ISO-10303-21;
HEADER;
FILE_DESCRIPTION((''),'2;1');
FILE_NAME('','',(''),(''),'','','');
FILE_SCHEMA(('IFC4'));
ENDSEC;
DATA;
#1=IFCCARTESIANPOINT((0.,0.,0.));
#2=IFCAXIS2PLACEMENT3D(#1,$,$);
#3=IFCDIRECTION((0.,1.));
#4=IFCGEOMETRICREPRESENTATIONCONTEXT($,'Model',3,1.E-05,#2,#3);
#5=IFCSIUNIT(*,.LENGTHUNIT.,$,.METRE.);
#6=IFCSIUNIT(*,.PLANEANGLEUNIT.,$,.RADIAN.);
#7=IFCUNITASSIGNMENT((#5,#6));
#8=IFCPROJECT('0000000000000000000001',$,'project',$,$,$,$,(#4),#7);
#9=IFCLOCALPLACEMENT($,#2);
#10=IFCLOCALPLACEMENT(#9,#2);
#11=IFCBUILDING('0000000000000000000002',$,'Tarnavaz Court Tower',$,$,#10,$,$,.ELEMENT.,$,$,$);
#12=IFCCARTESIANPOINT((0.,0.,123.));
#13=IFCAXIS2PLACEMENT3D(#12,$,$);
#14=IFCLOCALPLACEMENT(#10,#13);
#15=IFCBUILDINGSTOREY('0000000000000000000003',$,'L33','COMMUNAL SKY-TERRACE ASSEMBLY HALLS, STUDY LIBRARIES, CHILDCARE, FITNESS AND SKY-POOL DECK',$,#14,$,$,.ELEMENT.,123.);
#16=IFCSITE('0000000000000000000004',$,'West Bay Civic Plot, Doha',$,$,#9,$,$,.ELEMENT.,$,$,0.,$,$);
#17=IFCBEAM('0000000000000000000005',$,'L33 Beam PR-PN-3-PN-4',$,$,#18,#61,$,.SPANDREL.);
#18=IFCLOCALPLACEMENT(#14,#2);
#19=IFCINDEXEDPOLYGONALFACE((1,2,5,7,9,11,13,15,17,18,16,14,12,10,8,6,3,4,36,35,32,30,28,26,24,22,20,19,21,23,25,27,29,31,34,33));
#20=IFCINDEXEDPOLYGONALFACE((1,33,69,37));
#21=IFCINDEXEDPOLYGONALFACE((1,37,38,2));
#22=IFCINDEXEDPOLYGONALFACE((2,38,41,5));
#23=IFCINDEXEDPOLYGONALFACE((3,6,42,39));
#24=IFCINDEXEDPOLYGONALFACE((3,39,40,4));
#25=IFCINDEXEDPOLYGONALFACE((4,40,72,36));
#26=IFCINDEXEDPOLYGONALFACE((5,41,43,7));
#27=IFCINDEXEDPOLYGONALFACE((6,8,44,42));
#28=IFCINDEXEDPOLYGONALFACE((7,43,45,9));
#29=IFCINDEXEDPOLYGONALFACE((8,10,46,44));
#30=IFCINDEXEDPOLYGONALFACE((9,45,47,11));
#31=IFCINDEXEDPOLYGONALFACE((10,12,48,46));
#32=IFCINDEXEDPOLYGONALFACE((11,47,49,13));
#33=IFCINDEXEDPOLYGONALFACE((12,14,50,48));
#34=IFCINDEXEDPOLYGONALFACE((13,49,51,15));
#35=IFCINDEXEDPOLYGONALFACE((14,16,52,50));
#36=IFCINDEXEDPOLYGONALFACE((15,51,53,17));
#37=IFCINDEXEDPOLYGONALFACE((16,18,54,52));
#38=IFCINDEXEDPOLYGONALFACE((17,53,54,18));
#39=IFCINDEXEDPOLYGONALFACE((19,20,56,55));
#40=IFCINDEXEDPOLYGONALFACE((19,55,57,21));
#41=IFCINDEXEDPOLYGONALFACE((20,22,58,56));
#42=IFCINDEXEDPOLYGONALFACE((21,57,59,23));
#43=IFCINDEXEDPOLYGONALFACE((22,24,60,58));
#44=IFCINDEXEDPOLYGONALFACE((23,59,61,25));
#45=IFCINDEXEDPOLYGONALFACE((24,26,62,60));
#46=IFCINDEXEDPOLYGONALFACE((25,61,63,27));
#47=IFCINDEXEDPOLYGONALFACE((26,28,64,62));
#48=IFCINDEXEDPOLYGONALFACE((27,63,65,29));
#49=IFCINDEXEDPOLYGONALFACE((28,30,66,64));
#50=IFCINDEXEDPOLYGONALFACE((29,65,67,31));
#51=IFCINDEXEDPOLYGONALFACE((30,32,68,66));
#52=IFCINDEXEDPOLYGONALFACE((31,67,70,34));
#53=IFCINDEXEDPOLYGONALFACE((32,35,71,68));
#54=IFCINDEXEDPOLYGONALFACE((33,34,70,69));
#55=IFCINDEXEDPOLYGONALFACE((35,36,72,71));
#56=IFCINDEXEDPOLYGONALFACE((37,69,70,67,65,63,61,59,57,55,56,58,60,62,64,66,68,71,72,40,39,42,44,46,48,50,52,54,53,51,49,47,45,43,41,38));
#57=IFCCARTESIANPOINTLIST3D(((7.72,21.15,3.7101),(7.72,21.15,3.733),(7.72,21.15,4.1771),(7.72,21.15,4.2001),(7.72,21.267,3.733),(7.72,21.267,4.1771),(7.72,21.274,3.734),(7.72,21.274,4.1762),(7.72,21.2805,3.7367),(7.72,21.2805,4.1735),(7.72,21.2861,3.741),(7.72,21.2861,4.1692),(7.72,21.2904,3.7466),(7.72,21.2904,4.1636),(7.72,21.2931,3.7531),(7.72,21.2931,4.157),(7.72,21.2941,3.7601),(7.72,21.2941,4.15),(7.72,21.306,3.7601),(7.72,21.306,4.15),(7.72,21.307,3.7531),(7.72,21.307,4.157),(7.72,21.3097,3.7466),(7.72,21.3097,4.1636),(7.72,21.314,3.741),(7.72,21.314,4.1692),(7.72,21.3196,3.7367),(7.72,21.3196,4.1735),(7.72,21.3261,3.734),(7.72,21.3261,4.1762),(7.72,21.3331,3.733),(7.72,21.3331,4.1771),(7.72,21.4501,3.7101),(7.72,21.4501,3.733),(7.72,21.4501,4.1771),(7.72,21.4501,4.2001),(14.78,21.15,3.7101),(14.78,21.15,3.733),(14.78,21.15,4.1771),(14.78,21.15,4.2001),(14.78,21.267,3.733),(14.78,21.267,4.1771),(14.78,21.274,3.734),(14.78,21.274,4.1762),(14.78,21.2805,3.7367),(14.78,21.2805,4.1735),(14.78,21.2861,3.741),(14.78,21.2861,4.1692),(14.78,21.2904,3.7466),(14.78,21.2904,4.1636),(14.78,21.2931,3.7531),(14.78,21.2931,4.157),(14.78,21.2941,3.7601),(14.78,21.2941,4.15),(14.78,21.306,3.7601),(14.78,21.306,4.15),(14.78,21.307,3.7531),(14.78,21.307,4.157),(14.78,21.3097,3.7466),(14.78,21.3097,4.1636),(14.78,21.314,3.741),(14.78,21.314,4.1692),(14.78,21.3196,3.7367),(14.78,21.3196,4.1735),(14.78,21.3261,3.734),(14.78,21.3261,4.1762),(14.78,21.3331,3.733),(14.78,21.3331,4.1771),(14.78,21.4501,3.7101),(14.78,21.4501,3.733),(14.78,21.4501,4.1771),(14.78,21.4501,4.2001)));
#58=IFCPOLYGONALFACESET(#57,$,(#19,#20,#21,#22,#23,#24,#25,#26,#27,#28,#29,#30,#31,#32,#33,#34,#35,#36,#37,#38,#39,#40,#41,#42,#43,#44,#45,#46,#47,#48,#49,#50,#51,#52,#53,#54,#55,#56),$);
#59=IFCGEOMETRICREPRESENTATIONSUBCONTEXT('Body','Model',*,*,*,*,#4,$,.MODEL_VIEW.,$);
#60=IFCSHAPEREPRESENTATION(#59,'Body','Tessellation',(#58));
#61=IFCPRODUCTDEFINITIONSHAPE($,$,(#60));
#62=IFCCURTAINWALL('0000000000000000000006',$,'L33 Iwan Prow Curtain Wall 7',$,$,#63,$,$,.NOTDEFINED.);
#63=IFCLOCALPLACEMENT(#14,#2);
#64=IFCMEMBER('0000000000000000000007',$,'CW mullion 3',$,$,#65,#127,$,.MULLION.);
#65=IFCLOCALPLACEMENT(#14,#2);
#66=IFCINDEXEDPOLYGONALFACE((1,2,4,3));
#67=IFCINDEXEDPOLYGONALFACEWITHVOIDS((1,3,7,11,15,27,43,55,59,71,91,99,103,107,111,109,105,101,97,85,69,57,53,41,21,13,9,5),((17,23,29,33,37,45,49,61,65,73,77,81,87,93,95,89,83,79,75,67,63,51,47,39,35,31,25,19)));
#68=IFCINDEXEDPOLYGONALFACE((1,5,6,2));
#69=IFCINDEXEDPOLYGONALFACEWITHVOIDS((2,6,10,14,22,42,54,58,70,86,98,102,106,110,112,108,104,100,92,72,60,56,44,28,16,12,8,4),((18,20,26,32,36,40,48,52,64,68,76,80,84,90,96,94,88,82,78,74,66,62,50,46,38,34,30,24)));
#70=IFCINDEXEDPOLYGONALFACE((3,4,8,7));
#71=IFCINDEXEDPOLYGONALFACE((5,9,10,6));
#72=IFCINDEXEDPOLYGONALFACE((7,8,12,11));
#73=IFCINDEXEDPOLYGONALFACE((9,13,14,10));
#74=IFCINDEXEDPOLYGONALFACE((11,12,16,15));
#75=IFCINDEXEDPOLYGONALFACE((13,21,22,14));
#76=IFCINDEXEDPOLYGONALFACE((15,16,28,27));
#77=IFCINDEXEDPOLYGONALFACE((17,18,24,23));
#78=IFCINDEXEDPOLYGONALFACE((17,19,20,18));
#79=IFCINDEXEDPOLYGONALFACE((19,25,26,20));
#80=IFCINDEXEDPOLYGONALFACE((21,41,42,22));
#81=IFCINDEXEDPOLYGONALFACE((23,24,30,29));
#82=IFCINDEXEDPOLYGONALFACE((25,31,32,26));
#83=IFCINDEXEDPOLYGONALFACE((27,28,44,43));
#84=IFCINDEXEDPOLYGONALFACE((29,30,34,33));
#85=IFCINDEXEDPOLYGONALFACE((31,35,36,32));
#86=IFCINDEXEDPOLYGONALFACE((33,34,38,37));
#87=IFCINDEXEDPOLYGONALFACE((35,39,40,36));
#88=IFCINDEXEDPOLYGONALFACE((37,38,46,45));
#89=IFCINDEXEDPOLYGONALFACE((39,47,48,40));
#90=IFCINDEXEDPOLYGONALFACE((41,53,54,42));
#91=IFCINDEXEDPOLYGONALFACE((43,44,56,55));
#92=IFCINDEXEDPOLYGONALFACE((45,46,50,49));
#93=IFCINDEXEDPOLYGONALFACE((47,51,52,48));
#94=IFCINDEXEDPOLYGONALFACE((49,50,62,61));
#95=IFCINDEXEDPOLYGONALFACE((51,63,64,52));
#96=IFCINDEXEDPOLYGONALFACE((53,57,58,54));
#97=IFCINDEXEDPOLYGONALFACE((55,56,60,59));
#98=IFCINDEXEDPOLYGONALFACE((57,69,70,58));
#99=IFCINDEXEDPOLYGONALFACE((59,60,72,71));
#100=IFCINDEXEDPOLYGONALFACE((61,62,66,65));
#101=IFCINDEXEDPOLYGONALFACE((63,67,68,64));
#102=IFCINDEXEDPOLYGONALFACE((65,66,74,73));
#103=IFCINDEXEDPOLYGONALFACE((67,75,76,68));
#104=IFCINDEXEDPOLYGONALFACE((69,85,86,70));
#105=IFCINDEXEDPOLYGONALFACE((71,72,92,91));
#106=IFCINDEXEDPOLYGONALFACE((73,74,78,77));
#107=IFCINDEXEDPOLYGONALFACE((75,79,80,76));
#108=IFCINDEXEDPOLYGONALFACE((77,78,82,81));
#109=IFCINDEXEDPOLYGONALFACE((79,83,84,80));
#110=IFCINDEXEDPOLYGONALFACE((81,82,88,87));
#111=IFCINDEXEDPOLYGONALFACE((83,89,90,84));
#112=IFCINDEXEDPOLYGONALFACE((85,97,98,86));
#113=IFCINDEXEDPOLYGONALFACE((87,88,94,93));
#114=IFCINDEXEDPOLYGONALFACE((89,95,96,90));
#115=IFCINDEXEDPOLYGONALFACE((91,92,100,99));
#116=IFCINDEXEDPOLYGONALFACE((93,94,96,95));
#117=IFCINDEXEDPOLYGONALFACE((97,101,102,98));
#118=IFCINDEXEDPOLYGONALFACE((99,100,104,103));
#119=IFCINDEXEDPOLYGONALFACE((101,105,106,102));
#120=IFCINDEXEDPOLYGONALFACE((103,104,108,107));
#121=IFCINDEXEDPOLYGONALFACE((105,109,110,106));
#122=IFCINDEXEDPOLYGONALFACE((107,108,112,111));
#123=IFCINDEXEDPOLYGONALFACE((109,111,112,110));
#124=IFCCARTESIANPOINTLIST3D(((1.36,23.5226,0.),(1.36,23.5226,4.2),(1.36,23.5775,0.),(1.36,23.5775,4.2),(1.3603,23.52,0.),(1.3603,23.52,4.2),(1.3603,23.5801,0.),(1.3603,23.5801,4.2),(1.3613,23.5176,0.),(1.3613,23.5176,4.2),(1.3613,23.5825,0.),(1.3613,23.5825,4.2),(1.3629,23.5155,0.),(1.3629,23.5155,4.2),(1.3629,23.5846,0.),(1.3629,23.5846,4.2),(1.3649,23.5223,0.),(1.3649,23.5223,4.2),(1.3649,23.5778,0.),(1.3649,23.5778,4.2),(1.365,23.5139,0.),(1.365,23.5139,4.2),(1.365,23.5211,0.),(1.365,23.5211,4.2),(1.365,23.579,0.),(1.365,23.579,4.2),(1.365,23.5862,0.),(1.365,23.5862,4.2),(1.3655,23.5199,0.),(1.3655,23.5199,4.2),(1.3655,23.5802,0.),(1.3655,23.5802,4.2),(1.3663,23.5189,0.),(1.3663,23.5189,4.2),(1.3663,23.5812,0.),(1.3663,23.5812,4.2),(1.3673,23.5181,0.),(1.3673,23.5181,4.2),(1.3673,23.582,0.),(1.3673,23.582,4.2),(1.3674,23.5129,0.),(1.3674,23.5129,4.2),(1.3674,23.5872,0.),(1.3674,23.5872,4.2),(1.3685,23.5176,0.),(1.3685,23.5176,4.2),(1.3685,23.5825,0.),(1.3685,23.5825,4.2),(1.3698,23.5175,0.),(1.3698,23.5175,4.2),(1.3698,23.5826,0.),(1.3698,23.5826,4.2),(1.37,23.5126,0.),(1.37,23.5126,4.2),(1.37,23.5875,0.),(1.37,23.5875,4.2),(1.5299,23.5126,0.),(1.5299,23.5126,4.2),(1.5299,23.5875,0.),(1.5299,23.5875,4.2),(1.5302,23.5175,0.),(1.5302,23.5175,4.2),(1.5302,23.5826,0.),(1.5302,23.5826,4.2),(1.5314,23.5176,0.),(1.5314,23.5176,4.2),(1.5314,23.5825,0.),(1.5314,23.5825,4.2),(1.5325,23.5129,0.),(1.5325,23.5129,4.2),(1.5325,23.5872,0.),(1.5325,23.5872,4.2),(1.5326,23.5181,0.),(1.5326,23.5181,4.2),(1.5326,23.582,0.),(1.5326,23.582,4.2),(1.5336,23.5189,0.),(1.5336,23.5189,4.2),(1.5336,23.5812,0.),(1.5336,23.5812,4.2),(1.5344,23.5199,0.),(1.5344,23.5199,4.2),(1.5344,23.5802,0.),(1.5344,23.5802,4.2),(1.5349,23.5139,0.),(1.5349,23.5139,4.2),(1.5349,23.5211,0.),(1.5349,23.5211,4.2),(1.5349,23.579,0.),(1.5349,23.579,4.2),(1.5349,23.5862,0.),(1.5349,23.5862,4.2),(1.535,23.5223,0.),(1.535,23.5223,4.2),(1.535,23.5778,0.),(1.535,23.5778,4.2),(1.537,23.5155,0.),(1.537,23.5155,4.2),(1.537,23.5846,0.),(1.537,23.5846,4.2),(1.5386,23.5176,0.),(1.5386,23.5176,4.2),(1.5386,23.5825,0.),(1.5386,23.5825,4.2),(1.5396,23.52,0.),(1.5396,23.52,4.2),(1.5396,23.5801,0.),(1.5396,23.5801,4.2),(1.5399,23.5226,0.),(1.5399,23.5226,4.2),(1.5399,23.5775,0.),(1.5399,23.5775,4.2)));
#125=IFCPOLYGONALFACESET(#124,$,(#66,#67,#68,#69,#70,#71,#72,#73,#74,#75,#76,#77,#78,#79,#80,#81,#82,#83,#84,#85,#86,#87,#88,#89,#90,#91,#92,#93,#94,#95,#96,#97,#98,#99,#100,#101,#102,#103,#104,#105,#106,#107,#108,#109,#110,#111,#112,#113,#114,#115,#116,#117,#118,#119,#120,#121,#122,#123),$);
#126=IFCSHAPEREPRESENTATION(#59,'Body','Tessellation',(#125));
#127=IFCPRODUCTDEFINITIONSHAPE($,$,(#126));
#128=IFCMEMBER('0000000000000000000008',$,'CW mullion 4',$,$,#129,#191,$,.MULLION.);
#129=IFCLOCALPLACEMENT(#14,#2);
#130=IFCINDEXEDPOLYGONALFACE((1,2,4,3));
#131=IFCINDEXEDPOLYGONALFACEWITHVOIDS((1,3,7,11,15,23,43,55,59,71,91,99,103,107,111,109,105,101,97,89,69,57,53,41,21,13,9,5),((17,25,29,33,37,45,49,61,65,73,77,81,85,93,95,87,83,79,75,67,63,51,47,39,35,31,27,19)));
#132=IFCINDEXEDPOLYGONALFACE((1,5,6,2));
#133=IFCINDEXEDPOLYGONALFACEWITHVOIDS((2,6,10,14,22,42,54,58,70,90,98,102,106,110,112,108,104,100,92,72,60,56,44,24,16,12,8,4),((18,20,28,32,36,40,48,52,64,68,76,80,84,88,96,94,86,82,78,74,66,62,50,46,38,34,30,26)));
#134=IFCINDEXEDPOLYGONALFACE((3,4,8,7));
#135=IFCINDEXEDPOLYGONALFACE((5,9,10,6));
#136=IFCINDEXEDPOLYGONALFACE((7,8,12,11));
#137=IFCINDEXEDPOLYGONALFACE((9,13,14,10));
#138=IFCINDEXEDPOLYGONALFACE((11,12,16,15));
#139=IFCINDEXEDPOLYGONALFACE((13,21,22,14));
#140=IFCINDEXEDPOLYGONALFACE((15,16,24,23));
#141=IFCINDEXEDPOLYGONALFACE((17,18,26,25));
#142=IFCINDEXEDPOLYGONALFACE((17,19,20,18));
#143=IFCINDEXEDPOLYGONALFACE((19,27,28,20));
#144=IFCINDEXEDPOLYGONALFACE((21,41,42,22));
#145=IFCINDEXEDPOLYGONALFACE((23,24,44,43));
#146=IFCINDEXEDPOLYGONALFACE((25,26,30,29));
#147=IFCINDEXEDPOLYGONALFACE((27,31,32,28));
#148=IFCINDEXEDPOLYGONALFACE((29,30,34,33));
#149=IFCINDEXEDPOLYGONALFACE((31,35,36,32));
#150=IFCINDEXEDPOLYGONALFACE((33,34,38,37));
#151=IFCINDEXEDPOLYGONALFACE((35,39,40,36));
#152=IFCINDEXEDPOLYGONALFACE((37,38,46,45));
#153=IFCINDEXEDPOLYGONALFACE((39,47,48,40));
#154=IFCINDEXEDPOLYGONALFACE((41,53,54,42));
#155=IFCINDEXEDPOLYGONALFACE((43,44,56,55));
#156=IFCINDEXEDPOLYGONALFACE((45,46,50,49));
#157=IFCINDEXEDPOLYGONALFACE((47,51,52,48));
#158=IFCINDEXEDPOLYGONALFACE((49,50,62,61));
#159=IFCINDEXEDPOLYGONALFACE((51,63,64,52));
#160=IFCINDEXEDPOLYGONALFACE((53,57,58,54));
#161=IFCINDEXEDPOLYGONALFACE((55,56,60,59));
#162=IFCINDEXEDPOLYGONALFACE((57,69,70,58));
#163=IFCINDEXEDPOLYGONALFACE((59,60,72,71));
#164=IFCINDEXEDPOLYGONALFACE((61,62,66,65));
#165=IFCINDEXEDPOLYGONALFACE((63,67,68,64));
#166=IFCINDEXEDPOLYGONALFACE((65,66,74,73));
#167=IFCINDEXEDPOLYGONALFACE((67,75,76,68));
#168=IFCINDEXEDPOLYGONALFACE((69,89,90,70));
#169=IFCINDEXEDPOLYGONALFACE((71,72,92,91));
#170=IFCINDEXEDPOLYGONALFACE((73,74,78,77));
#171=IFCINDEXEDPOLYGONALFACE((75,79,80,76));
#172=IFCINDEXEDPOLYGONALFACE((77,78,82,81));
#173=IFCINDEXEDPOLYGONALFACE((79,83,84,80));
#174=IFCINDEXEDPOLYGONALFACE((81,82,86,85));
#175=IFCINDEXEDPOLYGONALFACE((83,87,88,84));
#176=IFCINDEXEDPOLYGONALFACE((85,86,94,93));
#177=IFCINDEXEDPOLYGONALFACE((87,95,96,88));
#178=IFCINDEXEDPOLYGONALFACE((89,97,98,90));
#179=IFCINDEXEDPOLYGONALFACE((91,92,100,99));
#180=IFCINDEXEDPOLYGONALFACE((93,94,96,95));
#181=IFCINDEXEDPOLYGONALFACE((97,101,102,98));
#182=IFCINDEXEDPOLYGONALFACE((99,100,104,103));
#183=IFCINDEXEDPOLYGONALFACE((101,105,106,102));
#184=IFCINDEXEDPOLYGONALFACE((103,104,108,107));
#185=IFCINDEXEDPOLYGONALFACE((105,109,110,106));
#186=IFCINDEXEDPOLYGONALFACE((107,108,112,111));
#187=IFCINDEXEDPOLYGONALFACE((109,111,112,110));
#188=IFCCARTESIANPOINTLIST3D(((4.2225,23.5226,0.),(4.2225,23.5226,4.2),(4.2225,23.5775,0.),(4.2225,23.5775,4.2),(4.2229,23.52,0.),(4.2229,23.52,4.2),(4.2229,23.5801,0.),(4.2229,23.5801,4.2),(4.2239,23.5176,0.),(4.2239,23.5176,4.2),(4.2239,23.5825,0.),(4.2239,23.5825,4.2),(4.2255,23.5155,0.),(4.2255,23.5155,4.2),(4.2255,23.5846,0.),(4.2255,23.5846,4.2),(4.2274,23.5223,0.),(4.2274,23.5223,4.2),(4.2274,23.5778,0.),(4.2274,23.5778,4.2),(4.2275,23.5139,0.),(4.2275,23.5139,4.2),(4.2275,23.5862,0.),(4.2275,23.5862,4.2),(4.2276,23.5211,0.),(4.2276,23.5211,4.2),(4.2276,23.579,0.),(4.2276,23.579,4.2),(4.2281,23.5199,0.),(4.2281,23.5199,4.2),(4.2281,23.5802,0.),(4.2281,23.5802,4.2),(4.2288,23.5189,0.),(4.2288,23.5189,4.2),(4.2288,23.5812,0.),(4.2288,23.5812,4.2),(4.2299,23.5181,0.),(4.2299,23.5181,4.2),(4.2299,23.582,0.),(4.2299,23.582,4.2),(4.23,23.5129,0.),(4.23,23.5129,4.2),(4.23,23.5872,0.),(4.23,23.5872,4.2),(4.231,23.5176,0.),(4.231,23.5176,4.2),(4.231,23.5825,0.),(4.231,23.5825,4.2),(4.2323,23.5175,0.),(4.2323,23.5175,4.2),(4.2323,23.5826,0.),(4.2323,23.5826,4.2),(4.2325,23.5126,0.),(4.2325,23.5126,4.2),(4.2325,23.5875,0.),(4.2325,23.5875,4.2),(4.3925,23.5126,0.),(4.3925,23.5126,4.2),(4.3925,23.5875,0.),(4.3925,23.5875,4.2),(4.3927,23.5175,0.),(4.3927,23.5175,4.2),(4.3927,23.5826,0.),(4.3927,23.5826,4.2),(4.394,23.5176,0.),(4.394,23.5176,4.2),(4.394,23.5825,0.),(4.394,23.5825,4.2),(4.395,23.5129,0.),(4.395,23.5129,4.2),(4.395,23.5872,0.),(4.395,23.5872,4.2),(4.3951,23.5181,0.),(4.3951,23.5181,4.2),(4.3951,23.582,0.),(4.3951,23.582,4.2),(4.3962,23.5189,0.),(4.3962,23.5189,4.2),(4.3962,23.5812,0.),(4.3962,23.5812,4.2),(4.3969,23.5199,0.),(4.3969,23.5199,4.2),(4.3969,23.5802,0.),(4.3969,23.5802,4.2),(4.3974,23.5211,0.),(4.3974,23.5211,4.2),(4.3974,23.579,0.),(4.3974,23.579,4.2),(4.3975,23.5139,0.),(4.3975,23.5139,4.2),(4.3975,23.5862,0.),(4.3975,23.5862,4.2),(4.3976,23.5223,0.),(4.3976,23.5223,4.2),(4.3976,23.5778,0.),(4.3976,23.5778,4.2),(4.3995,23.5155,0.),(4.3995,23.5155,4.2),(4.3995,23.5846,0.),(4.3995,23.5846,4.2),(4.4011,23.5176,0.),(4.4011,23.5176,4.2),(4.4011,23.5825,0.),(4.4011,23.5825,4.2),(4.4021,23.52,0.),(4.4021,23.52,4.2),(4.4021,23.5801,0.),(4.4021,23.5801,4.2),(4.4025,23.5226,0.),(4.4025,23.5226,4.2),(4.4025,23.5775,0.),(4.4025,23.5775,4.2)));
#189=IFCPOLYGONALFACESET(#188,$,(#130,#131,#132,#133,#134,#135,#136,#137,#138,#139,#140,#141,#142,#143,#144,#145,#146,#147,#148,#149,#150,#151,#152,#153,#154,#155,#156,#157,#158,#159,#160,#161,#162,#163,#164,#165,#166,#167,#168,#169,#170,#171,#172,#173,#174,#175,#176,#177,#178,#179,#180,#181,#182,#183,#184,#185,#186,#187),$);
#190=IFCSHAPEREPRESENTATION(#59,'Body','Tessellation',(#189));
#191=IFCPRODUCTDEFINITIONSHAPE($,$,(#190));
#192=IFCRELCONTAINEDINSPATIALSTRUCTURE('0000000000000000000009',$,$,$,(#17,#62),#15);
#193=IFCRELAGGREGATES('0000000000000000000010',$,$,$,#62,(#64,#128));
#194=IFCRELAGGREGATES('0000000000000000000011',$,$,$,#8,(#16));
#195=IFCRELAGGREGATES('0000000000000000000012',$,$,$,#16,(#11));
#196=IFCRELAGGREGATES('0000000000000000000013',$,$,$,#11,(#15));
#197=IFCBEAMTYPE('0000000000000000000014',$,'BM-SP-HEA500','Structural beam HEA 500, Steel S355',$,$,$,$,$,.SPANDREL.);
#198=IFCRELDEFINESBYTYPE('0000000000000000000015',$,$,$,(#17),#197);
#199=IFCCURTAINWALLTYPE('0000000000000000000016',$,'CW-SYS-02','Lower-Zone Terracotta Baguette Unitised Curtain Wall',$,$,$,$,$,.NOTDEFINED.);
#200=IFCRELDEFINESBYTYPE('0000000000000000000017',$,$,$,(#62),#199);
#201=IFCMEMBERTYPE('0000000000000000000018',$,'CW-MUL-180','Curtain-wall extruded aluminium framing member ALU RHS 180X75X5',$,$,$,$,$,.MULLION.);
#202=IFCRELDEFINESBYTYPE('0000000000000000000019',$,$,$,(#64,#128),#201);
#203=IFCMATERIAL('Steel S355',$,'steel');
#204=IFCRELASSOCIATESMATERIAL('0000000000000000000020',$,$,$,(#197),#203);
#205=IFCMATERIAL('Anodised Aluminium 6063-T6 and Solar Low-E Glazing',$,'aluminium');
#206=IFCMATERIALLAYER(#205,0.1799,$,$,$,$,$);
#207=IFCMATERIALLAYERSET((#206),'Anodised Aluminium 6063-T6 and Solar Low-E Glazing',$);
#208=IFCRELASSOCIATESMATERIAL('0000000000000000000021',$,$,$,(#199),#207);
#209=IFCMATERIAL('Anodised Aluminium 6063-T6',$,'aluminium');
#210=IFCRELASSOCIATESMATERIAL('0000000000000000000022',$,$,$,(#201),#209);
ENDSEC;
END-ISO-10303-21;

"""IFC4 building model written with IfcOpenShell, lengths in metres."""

from ifc_helpers import new_model, si_unit, direction, frame, origin, origin_2d, place, context, subcontext, project, spatial, hollow_rectangle, i_section, extrude, material, layer, layer_set, material_profile, profile_set, type_object, element, aggregate, save


model = new_model("IFC4")

# Units and contexts
model_context = context("Model", 3, precision=1e-05, world=origin(), true_north=direction((0.0, 1.0)))
body_context = subcontext(model_context, "Body", "Model", "MODEL_VIEW")
ifc_project = project(units=[si_unit("LENGTHUNIT", "METRE"), si_unit("PLANEANGLEUNIT", "RADIAN")], contexts=[model_context])

# Site, building, storey
site_placement = place(None, origin())
site = spatial("IfcSite", under=ifc_project, at=site_placement, Name="West Bay Civic Plot, Doha", CompositionType="ELEMENT", RefElevation=0.0)
building_placement = place(site_placement, origin())
building = spatial("IfcBuilding", under=site, at=building_placement, Name="Tarnavaz Court Tower", CompositionType="ELEMENT")
storey_placement = place(building_placement, frame((0.0, 0.0, 123.0)))
storey = spatial("IfcBuildingStorey", under=building, at=storey_placement, Name="L33", Description="COMMUNAL SKY-TERRACE ASSEMBLY HALLS, STUDY LIBRARIES, CHILDCARE, FITNESS AND SKY-POOL DECK", CompositionType="ELEMENT", Elevation=123.0)

# Beam
ifc_material_1 = material(Name="Steel S355", Category="steel")
ifc_material_profile_1 = material_profile(ifc_material_1, i_section(OverallWidth=0.3, OverallDepth=0.49, WebThickness=0.012, FlangeThickness=0.0229, FilletRadius=0.0271, at=origin_2d()), Name="HEA 500")
ifc_profile_set_1 = profile_set([ifc_material_profile_1], Name="Steel S355")
beam_type_1 = type_object("IfcBeamType", Name="BM-SP-HEA500", Description="Structural beam HEA 500, Steel S355", PredefinedType="SPANDREL", material=ifc_profile_set_1)
beam_1_placement = place(storey_placement, frame((7.72, 21.3, 3.9551), z_axis=(1.0, 0.0, 0.0), x_axis=(0.0, 1.0, 0.0)))
element("IfcBeam", 1, at=beam_1_placement, inside=storey, type_object=beam_type_1, Name="L33 Beam PR-PN-3-PN-4", PredefinedType="SPANDREL", context=body_context, shape_type="SweptSolid", body=[
    extrude(i_section(OverallWidth=0.3, OverallDepth=0.49, WebThickness=0.012, FlangeThickness=0.0229, FilletRadius=0.0271, at=origin_2d()), origin(), (0.0, 0.0, 1.0), 7.0601),
])

# Curtain wall, members
ifc_material_2 = material(Name="Anodised Aluminium 6063-T6 and Solar Low-E Glazing", Category="aluminium")
ifc_layer_1 = layer(ifc_material_2, 0.1799)
ifc_layer_set_1 = layer_set([ifc_layer_1], Name="Anodised Aluminium 6063-T6 and Solar Low-E Glazing")
curtain_wall_type = type_object("IfcCurtainWallType", Name="CW-SYS-02", Description="Lower-Zone Terracotta Baguette Unitised Curtain Wall", PredefinedType="NOTDEFINED", material=ifc_layer_set_1)
curtain_wall_placement = place(storey_placement, origin())
curtain_wall = element("IfcCurtainWall", 2, at=curtain_wall_placement, inside=storey, type_object=curtain_wall_type, Name="L33 Iwan Prow Curtain Wall 7", PredefinedType="NOTDEFINED")
ifc_material_3 = material(Name="Anodised Aluminium 6063-T6", Category="aluminium")
ifc_material_profile_2 = material_profile(ifc_material_3, hollow_rectangle(XDim=0.075, YDim=0.1799, WallThickness=0.0049, InnerFilletRadius=0.0049, OuterFilletRadius=0.01, at=origin_2d()), Name="ALU RHS 180X75X5")
ifc_profile_set_2 = profile_set([ifc_material_profile_2], Name="Anodised Aluminium 6063-T6")
member_type_1 = type_object("IfcMemberType", Name="CW-MUL-180", Description="Curtain-wall extruded aluminium framing member ALU RHS 180X75X5", PredefinedType="MULLION", material=ifc_profile_set_2)
member_1_placement = place(storey_placement, frame((1.45, 23.55, 0.0), z_axis=(0.0, 0.0, 1.0), x_axis=(0.0, 1.0, 0.0)))
member_1 = element("IfcMember", 3, at=member_1_placement, type_object=member_type_1, Name="CW mullion 3", PredefinedType="MULLION", context=body_context, shape_type="SweptSolid", body=[
    extrude(hollow_rectangle(XDim=0.075, YDim=0.1799, WallThickness=0.0049, InnerFilletRadius=0.0049, OuterFilletRadius=0.01, at=origin_2d()), origin(), (0.0, 0.0, 1.0), 4.2),
])
member_2_placement = place(storey_placement, frame((4.3125, 23.55, 0.0), z_axis=(0.0, 0.0, 1.0), x_axis=(0.0, 1.0, 0.0)))
member_2 = element("IfcMember", 4, at=member_2_placement, type_object=member_type_1, Name="CW mullion 4", PredefinedType="MULLION", context=body_context, shape_type="SweptSolid", body=[
    extrude(hollow_rectangle(XDim=0.075, YDim=0.1799, WallThickness=0.0049, InnerFilletRadius=0.0049, OuterFilletRadius=0.01, at=origin_2d()), origin(), (0.0, 0.0, 1.0), 4.2),
])
aggregate(curtain_wall, [member_1, member_2])

save(model, "model.ifc")
